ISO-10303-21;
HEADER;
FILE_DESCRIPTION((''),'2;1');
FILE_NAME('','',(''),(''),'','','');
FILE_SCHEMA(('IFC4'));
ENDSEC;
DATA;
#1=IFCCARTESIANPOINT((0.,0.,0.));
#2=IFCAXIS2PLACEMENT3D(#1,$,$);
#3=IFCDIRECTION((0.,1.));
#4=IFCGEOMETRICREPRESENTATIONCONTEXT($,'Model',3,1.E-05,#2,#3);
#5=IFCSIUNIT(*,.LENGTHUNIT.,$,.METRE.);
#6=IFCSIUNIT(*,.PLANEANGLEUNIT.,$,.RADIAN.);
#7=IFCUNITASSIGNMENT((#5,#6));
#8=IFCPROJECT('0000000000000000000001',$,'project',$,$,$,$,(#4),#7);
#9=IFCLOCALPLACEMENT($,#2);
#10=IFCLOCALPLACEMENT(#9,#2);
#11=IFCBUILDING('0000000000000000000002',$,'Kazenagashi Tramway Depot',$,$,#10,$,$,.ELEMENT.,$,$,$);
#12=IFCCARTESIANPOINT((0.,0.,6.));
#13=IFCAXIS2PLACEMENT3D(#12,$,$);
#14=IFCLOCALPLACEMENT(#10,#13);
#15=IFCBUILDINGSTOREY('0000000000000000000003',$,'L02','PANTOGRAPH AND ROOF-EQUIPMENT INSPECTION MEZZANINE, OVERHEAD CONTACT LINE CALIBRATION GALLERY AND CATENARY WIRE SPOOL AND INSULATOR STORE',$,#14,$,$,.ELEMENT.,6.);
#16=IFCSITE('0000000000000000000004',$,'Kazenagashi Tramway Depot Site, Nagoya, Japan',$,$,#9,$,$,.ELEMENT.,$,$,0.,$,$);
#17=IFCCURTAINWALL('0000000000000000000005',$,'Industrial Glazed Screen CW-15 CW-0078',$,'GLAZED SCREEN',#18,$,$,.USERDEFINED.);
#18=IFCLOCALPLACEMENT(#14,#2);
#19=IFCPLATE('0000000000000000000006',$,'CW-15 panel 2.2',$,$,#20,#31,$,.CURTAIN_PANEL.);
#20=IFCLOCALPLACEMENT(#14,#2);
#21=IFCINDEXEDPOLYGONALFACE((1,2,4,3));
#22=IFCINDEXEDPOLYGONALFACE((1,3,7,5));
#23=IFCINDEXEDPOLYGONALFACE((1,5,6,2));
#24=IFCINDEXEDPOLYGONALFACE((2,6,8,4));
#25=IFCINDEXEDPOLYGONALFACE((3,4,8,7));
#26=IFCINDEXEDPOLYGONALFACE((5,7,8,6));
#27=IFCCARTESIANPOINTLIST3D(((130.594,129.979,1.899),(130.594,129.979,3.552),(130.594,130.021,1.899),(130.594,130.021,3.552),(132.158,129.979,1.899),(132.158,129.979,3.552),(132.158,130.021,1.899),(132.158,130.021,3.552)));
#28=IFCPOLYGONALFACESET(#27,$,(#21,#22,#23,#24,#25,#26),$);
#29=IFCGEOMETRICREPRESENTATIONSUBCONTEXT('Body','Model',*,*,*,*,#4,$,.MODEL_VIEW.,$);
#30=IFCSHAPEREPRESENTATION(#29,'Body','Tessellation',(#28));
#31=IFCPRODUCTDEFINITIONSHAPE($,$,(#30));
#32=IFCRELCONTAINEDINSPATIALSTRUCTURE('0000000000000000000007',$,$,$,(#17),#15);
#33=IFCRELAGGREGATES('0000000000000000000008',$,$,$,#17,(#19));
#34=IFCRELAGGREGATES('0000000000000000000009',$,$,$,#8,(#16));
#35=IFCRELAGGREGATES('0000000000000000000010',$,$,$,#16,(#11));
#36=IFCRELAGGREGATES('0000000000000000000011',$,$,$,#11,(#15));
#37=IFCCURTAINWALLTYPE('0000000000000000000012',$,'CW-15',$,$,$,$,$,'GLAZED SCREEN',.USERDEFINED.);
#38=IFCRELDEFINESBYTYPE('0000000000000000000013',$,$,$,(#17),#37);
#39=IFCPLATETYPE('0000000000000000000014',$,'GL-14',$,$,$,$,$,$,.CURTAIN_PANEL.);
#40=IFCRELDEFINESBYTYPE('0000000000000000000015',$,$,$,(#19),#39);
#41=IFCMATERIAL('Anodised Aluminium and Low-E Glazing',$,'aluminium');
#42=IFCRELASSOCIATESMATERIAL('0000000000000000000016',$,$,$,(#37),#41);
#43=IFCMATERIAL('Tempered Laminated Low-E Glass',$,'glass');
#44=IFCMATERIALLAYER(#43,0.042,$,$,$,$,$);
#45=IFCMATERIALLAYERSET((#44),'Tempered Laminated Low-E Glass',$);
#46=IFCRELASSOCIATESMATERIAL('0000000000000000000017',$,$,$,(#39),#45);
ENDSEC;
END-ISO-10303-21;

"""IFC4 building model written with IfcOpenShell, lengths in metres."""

from ifc_helpers import new_model, si_unit, direction, frame, origin, origin_2d, place, context, subcontext, project, spatial, rectangle, extrude, material, layer, layer_set, type_object, element, aggregate, save


model = new_model("IFC4")

# Units and contexts
model_context = context("Model", 3, precision=1e-05, world=origin(), true_north=direction((0.0, 1.0)))
body_context = subcontext(model_context, "Body", "Model", "MODEL_VIEW")
ifc_project = project(units=[si_unit("LENGTHUNIT", "METRE"), si_unit("PLANEANGLEUNIT", "RADIAN")], contexts=[model_context])

# Site, building, storey
site_placement = place(None, origin())
site = spatial("IfcSite", under=ifc_project, at=site_placement, Name="Kazenagashi Tramway Depot Site, Nagoya, Japan", CompositionType="ELEMENT", RefElevation=0.0)
building_placement = place(site_placement, origin())
building = spatial("IfcBuilding", under=site, at=building_placement, Name="Kazenagashi Tramway Depot", CompositionType="ELEMENT")
storey_placement = place(building_placement, frame((0.0, 0.0, 6.0)))
storey = spatial("IfcBuildingStorey", under=building, at=storey_placement, Name="L02", Description="PANTOGRAPH AND ROOF-EQUIPMENT INSPECTION MEZZANINE, OVERHEAD CONTACT LINE CALIBRATION GALLERY AND CATENARY WIRE SPOOL AND INSULATOR STORE", CompositionType="ELEMENT", Elevation=6.0)

# Curtain wall
ifc_material_1 = material(Name="Anodised Aluminium and Low-E Glazing", Category="aluminium")
curtain_wall_type = type_object("IfcCurtainWallType", Name="CW-15", ElementType="GLAZED SCREEN", PredefinedType="USERDEFINED", material=ifc_material_1)
curtain_wall_1_placement = place(storey_placement, origin())
curtain_wall_1 = element("IfcCurtainWall", 1, at=curtain_wall_1_placement, inside=storey, type_object=curtain_wall_type, Name="Industrial Glazed Screen CW-15 CW-0078", ObjectType="GLAZED SCREEN", PredefinedType="USERDEFINED")

# Plate
ifc_material_2 = material(Name="Tempered Laminated Low-E Glass", Category="glass")
ifc_layer_1 = layer(ifc_material_2, 0.042)
ifc_layer_set_1 = layer_set([ifc_layer_1], Name="Tempered Laminated Low-E Glass")
plate_type_1 = type_object("IfcPlateType", Name="GL-14", PredefinedType="CURTAIN_PANEL", material=ifc_layer_set_1)
plate_1_placement = place(storey_placement, frame((131.376, 130.0, 1.899), z_axis=(0.0, 0.0, 1.0), x_axis=(1.0, 0.0, 0.0)))
plate_1 = element("IfcPlate", 2, at=plate_1_placement, type_object=plate_type_1, Name="CW-15 panel 2.2", PredefinedType="CURTAIN_PANEL", context=body_context, shape_type="SweptSolid", body=[
    extrude(rectangle(XDim=1.564, YDim=0.042, at=origin_2d()), origin(), (0.0, 0.0, 1.0), 1.653),
])
aggregate(curtain_wall_1, [plate_1])

save(model, "model.ifc")
